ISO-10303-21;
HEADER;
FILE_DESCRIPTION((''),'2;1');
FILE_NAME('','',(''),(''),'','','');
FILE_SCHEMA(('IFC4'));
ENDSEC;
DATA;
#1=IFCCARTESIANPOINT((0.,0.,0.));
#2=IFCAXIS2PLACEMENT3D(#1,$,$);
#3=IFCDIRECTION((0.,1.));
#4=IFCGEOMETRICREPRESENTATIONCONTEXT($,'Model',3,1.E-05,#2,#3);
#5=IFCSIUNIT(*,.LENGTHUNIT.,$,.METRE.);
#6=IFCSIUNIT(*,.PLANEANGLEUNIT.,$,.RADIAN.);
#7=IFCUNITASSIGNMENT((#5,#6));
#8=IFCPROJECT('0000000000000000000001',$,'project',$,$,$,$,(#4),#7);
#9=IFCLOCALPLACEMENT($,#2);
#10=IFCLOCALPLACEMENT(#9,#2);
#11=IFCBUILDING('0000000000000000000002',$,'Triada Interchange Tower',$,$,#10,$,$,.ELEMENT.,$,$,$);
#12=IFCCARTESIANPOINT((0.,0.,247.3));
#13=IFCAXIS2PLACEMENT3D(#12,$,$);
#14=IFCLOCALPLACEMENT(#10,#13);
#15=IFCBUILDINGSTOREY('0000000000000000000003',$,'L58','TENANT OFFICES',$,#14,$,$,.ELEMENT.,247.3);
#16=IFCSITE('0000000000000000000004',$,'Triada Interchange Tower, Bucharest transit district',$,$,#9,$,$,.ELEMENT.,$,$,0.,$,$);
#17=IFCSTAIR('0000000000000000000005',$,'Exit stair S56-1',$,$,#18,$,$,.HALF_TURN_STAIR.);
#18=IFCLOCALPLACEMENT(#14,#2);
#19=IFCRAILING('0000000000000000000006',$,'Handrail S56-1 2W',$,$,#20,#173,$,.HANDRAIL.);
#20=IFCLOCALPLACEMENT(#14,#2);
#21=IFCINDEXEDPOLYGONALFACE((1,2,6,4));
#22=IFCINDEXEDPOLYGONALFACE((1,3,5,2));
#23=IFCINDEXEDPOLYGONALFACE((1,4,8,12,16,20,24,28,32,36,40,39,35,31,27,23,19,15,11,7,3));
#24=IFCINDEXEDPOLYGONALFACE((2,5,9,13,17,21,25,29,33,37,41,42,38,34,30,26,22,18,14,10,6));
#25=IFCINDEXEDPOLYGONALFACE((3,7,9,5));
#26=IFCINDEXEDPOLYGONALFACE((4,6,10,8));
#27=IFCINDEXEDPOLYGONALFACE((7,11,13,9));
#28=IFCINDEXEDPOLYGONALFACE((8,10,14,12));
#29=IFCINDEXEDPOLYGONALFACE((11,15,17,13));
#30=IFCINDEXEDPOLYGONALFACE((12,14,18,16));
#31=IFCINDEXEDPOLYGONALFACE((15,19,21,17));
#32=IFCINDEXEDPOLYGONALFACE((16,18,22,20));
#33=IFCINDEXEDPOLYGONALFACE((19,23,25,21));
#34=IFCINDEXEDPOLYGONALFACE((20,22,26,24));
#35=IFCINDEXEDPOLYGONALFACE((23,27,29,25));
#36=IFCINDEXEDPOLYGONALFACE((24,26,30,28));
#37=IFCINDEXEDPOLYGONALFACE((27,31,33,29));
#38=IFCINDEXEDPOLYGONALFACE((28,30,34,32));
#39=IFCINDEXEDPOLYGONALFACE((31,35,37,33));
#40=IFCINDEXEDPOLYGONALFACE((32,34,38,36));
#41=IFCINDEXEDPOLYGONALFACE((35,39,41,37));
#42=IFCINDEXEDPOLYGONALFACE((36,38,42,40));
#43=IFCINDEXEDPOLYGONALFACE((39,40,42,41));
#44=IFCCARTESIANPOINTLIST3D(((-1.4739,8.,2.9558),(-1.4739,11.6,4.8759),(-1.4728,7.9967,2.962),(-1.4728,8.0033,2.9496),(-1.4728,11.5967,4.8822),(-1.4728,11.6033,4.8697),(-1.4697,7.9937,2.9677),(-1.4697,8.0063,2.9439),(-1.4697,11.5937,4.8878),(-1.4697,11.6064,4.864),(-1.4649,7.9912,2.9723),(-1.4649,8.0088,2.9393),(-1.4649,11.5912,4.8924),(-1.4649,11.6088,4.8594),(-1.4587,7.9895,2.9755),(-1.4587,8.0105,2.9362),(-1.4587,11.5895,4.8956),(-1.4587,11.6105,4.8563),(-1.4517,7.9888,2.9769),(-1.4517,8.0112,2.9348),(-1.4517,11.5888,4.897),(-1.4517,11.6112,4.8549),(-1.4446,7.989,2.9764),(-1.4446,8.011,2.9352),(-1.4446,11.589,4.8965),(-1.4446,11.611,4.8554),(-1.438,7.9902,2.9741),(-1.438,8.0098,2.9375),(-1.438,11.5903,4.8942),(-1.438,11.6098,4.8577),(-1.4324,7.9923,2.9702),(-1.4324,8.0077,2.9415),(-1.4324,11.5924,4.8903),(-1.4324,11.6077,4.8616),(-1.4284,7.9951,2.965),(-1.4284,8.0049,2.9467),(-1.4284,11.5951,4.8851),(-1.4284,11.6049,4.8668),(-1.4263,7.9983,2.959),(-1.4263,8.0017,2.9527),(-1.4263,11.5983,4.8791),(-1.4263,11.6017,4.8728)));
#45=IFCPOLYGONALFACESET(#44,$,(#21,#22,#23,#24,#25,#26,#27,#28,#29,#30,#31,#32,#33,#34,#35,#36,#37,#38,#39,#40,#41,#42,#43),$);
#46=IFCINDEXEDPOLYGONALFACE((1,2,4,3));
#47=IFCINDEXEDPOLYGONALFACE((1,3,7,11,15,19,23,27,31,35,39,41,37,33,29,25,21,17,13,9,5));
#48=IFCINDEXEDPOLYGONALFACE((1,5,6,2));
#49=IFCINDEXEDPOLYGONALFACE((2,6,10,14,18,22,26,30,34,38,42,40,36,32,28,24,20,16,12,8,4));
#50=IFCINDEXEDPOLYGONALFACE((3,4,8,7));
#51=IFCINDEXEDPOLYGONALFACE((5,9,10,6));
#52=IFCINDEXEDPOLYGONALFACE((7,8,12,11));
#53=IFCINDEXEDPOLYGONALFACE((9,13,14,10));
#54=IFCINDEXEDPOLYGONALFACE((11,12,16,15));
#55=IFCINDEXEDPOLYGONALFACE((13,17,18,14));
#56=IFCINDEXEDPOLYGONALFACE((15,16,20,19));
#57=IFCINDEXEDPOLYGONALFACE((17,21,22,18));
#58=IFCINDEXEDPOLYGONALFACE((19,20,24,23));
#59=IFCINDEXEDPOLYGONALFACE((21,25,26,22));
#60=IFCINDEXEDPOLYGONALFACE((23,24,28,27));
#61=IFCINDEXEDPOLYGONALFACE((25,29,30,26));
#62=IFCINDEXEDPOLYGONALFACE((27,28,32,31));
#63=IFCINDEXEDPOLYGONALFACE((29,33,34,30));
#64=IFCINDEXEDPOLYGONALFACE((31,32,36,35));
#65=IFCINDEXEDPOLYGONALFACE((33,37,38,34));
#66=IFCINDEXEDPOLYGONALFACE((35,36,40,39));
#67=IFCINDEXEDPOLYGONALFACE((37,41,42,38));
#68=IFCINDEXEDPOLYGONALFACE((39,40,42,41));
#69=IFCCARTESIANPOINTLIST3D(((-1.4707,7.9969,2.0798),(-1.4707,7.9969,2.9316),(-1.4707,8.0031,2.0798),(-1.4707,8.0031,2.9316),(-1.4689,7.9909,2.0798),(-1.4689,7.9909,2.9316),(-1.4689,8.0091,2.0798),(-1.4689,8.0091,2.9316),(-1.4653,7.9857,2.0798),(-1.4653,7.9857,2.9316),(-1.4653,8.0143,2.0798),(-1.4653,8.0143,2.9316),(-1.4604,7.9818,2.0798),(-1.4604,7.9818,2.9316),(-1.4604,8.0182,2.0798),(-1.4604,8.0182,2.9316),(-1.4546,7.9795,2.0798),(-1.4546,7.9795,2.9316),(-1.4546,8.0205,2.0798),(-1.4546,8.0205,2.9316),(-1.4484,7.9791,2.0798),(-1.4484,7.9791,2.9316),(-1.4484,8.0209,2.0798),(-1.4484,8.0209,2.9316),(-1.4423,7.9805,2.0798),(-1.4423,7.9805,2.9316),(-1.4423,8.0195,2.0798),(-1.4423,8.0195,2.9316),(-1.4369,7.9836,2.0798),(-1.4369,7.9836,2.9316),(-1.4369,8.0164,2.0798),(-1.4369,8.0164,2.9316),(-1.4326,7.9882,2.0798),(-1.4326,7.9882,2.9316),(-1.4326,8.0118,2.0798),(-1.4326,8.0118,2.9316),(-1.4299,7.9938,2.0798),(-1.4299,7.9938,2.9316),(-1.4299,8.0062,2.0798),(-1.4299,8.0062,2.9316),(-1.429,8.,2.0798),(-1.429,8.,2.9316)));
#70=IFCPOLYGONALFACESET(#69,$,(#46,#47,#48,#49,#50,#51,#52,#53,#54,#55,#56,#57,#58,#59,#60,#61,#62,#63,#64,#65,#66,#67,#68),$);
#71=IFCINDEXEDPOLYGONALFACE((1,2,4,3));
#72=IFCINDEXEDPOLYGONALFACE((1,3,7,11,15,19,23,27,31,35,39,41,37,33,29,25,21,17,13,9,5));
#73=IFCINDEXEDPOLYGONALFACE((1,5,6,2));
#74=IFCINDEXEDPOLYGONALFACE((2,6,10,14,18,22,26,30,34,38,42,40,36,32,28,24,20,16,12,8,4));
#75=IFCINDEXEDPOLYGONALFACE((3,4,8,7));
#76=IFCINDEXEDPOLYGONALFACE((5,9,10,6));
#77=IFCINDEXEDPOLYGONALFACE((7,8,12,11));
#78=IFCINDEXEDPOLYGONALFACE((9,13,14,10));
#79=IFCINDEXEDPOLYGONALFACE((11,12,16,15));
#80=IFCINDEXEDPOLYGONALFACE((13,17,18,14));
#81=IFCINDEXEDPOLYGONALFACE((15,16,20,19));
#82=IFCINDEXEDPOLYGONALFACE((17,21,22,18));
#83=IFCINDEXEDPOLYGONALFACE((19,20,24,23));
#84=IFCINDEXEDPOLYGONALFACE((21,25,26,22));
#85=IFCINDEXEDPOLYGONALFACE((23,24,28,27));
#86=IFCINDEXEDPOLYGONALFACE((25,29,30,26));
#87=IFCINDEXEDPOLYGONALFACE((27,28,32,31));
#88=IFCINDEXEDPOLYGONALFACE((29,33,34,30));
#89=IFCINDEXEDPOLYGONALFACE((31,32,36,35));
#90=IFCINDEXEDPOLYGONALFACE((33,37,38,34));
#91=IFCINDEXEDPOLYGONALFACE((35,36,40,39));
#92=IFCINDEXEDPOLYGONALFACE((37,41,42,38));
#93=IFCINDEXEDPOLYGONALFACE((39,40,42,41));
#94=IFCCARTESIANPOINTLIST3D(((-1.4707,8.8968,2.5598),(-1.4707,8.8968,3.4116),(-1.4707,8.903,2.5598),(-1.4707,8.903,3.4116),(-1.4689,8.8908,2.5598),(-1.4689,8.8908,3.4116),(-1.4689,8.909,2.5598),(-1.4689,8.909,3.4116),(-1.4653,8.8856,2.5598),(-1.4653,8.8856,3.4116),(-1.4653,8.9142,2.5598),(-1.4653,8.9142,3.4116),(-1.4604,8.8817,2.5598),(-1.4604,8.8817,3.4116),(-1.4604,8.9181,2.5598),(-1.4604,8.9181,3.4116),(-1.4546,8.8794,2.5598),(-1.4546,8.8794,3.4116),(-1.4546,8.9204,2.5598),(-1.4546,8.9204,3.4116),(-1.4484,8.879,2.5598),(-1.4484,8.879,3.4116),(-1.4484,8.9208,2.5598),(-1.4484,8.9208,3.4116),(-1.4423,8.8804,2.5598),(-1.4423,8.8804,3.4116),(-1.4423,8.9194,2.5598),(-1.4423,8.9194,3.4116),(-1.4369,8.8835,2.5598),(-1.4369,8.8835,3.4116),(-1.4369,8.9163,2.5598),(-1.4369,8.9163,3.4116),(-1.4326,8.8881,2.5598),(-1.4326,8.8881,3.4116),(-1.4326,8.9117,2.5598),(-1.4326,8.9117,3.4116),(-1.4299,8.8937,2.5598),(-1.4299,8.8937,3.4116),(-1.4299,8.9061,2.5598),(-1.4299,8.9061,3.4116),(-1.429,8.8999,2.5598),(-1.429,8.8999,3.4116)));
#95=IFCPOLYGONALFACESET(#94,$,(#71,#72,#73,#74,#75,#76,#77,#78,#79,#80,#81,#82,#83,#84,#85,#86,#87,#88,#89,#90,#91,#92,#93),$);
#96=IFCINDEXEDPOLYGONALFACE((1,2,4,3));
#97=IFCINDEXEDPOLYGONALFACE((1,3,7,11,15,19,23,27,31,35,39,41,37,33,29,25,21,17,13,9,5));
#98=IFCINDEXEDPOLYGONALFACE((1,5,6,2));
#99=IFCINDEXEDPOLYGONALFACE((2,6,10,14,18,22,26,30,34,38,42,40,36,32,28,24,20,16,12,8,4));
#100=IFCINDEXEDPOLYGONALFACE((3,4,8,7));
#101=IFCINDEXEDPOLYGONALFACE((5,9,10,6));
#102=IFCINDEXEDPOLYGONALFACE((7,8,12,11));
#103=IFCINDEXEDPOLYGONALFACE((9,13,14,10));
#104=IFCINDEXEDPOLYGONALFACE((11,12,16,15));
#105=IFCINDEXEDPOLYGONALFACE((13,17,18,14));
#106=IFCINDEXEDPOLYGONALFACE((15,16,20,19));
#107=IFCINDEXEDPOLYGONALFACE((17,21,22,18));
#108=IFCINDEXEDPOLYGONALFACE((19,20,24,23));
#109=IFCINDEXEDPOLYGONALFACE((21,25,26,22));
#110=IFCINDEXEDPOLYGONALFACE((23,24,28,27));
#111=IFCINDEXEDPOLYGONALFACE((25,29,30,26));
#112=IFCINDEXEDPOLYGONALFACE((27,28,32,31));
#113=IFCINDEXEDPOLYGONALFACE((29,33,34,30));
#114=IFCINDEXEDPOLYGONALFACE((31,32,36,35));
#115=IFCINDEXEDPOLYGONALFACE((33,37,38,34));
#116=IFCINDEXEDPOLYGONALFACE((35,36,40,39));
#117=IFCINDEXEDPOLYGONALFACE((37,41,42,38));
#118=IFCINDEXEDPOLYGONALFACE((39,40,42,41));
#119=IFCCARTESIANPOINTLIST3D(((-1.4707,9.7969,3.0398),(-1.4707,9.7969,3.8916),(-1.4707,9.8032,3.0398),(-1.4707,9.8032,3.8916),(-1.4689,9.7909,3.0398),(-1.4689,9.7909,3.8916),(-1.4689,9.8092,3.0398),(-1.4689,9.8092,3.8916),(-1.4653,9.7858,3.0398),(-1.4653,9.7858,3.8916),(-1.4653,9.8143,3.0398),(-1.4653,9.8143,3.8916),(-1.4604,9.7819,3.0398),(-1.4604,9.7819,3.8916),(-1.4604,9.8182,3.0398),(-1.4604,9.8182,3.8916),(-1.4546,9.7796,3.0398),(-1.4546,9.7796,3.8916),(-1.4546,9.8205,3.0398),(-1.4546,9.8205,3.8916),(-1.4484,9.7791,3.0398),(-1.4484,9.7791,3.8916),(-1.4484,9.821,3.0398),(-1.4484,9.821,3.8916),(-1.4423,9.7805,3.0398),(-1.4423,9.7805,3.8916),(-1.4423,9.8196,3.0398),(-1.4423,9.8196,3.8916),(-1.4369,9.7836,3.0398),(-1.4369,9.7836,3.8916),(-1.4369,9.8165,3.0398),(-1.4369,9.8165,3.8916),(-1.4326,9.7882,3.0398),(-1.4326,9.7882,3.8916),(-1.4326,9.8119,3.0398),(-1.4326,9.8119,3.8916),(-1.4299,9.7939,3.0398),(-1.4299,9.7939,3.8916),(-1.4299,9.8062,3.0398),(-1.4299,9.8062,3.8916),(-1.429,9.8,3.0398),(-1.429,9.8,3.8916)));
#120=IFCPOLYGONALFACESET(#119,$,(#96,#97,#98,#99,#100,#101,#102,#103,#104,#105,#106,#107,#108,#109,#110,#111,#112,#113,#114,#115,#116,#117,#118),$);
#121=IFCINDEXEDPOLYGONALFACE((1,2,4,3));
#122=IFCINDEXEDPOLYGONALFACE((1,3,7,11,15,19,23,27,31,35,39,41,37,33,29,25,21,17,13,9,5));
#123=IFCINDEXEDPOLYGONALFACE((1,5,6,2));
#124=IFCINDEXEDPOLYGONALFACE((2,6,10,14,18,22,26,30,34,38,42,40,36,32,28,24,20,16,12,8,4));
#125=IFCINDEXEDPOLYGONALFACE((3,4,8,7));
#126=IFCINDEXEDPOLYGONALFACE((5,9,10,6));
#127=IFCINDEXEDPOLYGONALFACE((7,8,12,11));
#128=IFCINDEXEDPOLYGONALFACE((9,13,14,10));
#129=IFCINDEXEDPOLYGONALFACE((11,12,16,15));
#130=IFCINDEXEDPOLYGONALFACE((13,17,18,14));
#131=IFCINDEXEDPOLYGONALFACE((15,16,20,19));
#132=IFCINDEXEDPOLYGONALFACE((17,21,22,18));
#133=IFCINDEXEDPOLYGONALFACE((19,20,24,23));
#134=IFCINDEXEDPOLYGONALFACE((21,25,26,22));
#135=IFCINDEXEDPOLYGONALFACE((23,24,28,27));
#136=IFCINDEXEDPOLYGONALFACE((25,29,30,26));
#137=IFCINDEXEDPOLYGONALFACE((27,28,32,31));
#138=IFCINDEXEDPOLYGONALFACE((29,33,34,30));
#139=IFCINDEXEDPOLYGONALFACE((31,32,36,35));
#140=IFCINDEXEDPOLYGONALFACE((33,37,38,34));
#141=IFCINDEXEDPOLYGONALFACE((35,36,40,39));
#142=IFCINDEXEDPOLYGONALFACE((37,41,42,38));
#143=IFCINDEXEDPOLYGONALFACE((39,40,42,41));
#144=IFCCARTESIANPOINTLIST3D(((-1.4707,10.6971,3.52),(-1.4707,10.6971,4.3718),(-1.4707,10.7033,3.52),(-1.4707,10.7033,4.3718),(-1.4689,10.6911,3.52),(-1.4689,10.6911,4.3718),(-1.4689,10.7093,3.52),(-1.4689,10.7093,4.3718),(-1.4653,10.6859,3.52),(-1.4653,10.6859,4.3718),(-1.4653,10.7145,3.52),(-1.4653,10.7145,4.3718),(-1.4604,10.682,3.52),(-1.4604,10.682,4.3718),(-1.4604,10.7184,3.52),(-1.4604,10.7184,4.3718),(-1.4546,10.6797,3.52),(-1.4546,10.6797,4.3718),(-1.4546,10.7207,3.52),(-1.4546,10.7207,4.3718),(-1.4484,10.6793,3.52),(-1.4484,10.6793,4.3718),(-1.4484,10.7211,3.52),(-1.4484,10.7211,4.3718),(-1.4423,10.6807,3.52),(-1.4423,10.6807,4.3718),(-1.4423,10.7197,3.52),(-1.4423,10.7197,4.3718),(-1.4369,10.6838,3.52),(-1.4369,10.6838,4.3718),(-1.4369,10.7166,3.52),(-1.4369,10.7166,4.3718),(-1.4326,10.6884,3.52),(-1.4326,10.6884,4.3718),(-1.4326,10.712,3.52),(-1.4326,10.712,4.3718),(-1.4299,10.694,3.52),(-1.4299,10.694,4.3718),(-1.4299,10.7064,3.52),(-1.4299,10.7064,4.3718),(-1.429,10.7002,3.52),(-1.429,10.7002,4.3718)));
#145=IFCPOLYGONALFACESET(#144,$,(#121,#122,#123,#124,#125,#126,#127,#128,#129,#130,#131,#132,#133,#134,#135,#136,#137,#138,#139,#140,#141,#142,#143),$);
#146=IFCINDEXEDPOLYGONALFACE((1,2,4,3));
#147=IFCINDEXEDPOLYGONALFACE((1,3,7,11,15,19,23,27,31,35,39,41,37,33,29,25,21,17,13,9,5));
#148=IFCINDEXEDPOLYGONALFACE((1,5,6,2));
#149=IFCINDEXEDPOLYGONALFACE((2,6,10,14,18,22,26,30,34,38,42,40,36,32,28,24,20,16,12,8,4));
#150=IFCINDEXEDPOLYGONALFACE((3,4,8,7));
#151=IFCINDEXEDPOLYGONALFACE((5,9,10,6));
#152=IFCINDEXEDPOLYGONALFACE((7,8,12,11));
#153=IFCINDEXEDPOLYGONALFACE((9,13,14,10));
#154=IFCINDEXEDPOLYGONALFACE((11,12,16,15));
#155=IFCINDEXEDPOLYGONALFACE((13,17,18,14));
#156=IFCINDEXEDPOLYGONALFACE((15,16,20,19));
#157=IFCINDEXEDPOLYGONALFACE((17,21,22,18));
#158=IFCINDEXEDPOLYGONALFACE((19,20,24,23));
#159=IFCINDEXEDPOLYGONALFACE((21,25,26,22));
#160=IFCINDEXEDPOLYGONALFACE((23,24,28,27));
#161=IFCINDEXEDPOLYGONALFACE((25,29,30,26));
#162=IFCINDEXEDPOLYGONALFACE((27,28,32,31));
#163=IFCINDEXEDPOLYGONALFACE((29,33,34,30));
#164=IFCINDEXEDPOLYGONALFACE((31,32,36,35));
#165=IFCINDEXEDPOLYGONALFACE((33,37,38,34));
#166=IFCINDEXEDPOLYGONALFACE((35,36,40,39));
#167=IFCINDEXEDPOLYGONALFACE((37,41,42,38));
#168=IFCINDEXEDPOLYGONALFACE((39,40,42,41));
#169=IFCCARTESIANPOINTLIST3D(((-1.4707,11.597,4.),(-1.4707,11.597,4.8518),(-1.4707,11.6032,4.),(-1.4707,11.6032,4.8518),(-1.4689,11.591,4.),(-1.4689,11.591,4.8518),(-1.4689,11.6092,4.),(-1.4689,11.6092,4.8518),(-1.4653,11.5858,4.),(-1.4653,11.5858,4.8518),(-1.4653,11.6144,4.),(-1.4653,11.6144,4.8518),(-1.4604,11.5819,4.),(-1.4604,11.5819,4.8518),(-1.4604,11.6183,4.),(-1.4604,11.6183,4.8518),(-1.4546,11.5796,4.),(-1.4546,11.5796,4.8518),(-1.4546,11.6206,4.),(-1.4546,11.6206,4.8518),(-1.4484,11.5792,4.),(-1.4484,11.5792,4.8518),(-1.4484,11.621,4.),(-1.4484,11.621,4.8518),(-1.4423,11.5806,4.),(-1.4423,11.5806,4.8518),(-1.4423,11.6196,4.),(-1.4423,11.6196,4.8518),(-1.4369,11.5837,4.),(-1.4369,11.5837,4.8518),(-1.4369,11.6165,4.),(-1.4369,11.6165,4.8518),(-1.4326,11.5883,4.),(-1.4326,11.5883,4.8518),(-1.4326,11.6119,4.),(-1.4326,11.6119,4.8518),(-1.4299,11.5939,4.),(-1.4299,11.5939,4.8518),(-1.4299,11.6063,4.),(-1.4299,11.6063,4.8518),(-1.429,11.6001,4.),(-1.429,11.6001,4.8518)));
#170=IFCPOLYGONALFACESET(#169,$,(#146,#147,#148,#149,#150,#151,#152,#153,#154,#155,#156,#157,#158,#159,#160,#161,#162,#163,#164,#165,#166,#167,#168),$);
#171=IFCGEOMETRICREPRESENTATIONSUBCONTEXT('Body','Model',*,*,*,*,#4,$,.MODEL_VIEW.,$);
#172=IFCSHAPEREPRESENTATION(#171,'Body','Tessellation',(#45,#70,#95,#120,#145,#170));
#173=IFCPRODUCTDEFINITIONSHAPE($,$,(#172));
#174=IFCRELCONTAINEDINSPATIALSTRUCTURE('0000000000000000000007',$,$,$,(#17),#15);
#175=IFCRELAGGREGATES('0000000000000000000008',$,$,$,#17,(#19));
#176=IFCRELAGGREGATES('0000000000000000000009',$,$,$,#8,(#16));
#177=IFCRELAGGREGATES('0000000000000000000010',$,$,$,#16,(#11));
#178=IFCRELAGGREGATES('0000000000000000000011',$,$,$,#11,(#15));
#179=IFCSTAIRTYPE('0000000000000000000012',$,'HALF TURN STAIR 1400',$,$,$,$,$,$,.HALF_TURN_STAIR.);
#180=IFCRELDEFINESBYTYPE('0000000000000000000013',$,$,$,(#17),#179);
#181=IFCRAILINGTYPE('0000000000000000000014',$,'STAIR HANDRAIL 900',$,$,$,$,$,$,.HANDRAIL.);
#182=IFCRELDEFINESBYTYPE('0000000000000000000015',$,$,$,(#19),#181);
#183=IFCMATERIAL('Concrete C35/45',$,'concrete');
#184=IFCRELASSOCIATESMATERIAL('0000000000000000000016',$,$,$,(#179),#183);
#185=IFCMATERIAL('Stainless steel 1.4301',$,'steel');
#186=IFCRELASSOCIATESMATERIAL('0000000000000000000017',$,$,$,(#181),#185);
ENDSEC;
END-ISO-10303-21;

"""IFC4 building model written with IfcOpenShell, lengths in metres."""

from ifc_helpers import new_model, si_unit, direction, frame, origin, origin_2d, place, context, subcontext, project, spatial, circle, extrude, material, type_object, element, aggregate, save


model = new_model("IFC4")

# Units and contexts
model_context = context("Model", 3, precision=1e-05, world=origin(), true_north=direction((0.0, 1.0)))
body_context = subcontext(model_context, "Body", "Model", "MODEL_VIEW")
ifc_project = project(units=[si_unit("LENGTHUNIT", "METRE"), si_unit("PLANEANGLEUNIT", "RADIAN")], contexts=[model_context])

# Site, building, storey
site_placement = place(None, origin())
site = spatial("IfcSite", under=ifc_project, at=site_placement, Name="Triada Interchange Tower, Bucharest transit district", CompositionType="ELEMENT", RefElevation=0.0)
building_placement = place(site_placement, origin())
building = spatial("IfcBuilding", under=site, at=building_placement, Name="Triada Interchange Tower", CompositionType="ELEMENT")
storey_placement = place(building_placement, frame((0.0, 0.0, 247.3)))
storey = spatial("IfcBuildingStorey", under=building, at=storey_placement, Name="L58", Description="TENANT OFFICES", CompositionType="ELEMENT", Elevation=247.3)

# Stair, railing
ifc_material_1 = material(Name="Concrete C35/45", Category="concrete")
stair_type = type_object("IfcStairType", Name="HALF TURN STAIR 1400", PredefinedType="HALF_TURN_STAIR", material=ifc_material_1)
stair_placement = place(storey_placement, origin())
stair = element("IfcStair", 1, at=stair_placement, inside=storey, type_object=stair_type, Name="Exit stair S56-1", PredefinedType="HALF_TURN_STAIR")
ifc_material_2 = material(Name="Stainless steel 1.4301", Category="steel")
railing_type = type_object("IfcRailingType", Name="STAIR HANDRAIL 900", PredefinedType="HANDRAIL", material=ifc_material_2)
railing_1_placement = place(storey_placement, frame((-1.45, 8.0, 2.0798)))
railing_1 = element("IfcRailing", 2, at=railing_1_placement, type_object=railing_type, Name="Handrail S56-1 2W", PredefinedType="HANDRAIL", context=body_context, shape_type="SweptSolid", body=[
    extrude(circle(Radius=0.0239, at=origin_2d()), frame((0.0, 0.0, 0.876), z_axis=(0.0, 0.882341, 0.47061), x_axis=(-1.0, 0.0, 0.0)), (0.0, 0.0, 1.0), 4.0801),
    extrude(circle(Radius=0.021, at=origin_2d()), origin(), (0.0, 0.0, 1.0), 0.8518),
    extrude(circle(Radius=0.021, at=origin_2d()), frame((0.0, 0.8999, 0.48)), (0.0, 0.0, 1.0), 0.8518),
    extrude(circle(Radius=0.021, at=origin_2d()), frame((0.0, 1.8, 0.96)), (0.0, 0.0, 1.0), 0.8518),
    extrude(circle(Radius=0.021, at=origin_2d()), frame((0.0, 2.7002, 1.4402)), (0.0, 0.0, 1.0), 0.8518),
    extrude(circle(Radius=0.021, at=origin_2d()), frame((0.0, 3.6001, 1.9202)), (0.0, 0.0, 1.0), 0.8518),
])
aggregate(stair, [railing_1])

save(model, "model.ifc")
